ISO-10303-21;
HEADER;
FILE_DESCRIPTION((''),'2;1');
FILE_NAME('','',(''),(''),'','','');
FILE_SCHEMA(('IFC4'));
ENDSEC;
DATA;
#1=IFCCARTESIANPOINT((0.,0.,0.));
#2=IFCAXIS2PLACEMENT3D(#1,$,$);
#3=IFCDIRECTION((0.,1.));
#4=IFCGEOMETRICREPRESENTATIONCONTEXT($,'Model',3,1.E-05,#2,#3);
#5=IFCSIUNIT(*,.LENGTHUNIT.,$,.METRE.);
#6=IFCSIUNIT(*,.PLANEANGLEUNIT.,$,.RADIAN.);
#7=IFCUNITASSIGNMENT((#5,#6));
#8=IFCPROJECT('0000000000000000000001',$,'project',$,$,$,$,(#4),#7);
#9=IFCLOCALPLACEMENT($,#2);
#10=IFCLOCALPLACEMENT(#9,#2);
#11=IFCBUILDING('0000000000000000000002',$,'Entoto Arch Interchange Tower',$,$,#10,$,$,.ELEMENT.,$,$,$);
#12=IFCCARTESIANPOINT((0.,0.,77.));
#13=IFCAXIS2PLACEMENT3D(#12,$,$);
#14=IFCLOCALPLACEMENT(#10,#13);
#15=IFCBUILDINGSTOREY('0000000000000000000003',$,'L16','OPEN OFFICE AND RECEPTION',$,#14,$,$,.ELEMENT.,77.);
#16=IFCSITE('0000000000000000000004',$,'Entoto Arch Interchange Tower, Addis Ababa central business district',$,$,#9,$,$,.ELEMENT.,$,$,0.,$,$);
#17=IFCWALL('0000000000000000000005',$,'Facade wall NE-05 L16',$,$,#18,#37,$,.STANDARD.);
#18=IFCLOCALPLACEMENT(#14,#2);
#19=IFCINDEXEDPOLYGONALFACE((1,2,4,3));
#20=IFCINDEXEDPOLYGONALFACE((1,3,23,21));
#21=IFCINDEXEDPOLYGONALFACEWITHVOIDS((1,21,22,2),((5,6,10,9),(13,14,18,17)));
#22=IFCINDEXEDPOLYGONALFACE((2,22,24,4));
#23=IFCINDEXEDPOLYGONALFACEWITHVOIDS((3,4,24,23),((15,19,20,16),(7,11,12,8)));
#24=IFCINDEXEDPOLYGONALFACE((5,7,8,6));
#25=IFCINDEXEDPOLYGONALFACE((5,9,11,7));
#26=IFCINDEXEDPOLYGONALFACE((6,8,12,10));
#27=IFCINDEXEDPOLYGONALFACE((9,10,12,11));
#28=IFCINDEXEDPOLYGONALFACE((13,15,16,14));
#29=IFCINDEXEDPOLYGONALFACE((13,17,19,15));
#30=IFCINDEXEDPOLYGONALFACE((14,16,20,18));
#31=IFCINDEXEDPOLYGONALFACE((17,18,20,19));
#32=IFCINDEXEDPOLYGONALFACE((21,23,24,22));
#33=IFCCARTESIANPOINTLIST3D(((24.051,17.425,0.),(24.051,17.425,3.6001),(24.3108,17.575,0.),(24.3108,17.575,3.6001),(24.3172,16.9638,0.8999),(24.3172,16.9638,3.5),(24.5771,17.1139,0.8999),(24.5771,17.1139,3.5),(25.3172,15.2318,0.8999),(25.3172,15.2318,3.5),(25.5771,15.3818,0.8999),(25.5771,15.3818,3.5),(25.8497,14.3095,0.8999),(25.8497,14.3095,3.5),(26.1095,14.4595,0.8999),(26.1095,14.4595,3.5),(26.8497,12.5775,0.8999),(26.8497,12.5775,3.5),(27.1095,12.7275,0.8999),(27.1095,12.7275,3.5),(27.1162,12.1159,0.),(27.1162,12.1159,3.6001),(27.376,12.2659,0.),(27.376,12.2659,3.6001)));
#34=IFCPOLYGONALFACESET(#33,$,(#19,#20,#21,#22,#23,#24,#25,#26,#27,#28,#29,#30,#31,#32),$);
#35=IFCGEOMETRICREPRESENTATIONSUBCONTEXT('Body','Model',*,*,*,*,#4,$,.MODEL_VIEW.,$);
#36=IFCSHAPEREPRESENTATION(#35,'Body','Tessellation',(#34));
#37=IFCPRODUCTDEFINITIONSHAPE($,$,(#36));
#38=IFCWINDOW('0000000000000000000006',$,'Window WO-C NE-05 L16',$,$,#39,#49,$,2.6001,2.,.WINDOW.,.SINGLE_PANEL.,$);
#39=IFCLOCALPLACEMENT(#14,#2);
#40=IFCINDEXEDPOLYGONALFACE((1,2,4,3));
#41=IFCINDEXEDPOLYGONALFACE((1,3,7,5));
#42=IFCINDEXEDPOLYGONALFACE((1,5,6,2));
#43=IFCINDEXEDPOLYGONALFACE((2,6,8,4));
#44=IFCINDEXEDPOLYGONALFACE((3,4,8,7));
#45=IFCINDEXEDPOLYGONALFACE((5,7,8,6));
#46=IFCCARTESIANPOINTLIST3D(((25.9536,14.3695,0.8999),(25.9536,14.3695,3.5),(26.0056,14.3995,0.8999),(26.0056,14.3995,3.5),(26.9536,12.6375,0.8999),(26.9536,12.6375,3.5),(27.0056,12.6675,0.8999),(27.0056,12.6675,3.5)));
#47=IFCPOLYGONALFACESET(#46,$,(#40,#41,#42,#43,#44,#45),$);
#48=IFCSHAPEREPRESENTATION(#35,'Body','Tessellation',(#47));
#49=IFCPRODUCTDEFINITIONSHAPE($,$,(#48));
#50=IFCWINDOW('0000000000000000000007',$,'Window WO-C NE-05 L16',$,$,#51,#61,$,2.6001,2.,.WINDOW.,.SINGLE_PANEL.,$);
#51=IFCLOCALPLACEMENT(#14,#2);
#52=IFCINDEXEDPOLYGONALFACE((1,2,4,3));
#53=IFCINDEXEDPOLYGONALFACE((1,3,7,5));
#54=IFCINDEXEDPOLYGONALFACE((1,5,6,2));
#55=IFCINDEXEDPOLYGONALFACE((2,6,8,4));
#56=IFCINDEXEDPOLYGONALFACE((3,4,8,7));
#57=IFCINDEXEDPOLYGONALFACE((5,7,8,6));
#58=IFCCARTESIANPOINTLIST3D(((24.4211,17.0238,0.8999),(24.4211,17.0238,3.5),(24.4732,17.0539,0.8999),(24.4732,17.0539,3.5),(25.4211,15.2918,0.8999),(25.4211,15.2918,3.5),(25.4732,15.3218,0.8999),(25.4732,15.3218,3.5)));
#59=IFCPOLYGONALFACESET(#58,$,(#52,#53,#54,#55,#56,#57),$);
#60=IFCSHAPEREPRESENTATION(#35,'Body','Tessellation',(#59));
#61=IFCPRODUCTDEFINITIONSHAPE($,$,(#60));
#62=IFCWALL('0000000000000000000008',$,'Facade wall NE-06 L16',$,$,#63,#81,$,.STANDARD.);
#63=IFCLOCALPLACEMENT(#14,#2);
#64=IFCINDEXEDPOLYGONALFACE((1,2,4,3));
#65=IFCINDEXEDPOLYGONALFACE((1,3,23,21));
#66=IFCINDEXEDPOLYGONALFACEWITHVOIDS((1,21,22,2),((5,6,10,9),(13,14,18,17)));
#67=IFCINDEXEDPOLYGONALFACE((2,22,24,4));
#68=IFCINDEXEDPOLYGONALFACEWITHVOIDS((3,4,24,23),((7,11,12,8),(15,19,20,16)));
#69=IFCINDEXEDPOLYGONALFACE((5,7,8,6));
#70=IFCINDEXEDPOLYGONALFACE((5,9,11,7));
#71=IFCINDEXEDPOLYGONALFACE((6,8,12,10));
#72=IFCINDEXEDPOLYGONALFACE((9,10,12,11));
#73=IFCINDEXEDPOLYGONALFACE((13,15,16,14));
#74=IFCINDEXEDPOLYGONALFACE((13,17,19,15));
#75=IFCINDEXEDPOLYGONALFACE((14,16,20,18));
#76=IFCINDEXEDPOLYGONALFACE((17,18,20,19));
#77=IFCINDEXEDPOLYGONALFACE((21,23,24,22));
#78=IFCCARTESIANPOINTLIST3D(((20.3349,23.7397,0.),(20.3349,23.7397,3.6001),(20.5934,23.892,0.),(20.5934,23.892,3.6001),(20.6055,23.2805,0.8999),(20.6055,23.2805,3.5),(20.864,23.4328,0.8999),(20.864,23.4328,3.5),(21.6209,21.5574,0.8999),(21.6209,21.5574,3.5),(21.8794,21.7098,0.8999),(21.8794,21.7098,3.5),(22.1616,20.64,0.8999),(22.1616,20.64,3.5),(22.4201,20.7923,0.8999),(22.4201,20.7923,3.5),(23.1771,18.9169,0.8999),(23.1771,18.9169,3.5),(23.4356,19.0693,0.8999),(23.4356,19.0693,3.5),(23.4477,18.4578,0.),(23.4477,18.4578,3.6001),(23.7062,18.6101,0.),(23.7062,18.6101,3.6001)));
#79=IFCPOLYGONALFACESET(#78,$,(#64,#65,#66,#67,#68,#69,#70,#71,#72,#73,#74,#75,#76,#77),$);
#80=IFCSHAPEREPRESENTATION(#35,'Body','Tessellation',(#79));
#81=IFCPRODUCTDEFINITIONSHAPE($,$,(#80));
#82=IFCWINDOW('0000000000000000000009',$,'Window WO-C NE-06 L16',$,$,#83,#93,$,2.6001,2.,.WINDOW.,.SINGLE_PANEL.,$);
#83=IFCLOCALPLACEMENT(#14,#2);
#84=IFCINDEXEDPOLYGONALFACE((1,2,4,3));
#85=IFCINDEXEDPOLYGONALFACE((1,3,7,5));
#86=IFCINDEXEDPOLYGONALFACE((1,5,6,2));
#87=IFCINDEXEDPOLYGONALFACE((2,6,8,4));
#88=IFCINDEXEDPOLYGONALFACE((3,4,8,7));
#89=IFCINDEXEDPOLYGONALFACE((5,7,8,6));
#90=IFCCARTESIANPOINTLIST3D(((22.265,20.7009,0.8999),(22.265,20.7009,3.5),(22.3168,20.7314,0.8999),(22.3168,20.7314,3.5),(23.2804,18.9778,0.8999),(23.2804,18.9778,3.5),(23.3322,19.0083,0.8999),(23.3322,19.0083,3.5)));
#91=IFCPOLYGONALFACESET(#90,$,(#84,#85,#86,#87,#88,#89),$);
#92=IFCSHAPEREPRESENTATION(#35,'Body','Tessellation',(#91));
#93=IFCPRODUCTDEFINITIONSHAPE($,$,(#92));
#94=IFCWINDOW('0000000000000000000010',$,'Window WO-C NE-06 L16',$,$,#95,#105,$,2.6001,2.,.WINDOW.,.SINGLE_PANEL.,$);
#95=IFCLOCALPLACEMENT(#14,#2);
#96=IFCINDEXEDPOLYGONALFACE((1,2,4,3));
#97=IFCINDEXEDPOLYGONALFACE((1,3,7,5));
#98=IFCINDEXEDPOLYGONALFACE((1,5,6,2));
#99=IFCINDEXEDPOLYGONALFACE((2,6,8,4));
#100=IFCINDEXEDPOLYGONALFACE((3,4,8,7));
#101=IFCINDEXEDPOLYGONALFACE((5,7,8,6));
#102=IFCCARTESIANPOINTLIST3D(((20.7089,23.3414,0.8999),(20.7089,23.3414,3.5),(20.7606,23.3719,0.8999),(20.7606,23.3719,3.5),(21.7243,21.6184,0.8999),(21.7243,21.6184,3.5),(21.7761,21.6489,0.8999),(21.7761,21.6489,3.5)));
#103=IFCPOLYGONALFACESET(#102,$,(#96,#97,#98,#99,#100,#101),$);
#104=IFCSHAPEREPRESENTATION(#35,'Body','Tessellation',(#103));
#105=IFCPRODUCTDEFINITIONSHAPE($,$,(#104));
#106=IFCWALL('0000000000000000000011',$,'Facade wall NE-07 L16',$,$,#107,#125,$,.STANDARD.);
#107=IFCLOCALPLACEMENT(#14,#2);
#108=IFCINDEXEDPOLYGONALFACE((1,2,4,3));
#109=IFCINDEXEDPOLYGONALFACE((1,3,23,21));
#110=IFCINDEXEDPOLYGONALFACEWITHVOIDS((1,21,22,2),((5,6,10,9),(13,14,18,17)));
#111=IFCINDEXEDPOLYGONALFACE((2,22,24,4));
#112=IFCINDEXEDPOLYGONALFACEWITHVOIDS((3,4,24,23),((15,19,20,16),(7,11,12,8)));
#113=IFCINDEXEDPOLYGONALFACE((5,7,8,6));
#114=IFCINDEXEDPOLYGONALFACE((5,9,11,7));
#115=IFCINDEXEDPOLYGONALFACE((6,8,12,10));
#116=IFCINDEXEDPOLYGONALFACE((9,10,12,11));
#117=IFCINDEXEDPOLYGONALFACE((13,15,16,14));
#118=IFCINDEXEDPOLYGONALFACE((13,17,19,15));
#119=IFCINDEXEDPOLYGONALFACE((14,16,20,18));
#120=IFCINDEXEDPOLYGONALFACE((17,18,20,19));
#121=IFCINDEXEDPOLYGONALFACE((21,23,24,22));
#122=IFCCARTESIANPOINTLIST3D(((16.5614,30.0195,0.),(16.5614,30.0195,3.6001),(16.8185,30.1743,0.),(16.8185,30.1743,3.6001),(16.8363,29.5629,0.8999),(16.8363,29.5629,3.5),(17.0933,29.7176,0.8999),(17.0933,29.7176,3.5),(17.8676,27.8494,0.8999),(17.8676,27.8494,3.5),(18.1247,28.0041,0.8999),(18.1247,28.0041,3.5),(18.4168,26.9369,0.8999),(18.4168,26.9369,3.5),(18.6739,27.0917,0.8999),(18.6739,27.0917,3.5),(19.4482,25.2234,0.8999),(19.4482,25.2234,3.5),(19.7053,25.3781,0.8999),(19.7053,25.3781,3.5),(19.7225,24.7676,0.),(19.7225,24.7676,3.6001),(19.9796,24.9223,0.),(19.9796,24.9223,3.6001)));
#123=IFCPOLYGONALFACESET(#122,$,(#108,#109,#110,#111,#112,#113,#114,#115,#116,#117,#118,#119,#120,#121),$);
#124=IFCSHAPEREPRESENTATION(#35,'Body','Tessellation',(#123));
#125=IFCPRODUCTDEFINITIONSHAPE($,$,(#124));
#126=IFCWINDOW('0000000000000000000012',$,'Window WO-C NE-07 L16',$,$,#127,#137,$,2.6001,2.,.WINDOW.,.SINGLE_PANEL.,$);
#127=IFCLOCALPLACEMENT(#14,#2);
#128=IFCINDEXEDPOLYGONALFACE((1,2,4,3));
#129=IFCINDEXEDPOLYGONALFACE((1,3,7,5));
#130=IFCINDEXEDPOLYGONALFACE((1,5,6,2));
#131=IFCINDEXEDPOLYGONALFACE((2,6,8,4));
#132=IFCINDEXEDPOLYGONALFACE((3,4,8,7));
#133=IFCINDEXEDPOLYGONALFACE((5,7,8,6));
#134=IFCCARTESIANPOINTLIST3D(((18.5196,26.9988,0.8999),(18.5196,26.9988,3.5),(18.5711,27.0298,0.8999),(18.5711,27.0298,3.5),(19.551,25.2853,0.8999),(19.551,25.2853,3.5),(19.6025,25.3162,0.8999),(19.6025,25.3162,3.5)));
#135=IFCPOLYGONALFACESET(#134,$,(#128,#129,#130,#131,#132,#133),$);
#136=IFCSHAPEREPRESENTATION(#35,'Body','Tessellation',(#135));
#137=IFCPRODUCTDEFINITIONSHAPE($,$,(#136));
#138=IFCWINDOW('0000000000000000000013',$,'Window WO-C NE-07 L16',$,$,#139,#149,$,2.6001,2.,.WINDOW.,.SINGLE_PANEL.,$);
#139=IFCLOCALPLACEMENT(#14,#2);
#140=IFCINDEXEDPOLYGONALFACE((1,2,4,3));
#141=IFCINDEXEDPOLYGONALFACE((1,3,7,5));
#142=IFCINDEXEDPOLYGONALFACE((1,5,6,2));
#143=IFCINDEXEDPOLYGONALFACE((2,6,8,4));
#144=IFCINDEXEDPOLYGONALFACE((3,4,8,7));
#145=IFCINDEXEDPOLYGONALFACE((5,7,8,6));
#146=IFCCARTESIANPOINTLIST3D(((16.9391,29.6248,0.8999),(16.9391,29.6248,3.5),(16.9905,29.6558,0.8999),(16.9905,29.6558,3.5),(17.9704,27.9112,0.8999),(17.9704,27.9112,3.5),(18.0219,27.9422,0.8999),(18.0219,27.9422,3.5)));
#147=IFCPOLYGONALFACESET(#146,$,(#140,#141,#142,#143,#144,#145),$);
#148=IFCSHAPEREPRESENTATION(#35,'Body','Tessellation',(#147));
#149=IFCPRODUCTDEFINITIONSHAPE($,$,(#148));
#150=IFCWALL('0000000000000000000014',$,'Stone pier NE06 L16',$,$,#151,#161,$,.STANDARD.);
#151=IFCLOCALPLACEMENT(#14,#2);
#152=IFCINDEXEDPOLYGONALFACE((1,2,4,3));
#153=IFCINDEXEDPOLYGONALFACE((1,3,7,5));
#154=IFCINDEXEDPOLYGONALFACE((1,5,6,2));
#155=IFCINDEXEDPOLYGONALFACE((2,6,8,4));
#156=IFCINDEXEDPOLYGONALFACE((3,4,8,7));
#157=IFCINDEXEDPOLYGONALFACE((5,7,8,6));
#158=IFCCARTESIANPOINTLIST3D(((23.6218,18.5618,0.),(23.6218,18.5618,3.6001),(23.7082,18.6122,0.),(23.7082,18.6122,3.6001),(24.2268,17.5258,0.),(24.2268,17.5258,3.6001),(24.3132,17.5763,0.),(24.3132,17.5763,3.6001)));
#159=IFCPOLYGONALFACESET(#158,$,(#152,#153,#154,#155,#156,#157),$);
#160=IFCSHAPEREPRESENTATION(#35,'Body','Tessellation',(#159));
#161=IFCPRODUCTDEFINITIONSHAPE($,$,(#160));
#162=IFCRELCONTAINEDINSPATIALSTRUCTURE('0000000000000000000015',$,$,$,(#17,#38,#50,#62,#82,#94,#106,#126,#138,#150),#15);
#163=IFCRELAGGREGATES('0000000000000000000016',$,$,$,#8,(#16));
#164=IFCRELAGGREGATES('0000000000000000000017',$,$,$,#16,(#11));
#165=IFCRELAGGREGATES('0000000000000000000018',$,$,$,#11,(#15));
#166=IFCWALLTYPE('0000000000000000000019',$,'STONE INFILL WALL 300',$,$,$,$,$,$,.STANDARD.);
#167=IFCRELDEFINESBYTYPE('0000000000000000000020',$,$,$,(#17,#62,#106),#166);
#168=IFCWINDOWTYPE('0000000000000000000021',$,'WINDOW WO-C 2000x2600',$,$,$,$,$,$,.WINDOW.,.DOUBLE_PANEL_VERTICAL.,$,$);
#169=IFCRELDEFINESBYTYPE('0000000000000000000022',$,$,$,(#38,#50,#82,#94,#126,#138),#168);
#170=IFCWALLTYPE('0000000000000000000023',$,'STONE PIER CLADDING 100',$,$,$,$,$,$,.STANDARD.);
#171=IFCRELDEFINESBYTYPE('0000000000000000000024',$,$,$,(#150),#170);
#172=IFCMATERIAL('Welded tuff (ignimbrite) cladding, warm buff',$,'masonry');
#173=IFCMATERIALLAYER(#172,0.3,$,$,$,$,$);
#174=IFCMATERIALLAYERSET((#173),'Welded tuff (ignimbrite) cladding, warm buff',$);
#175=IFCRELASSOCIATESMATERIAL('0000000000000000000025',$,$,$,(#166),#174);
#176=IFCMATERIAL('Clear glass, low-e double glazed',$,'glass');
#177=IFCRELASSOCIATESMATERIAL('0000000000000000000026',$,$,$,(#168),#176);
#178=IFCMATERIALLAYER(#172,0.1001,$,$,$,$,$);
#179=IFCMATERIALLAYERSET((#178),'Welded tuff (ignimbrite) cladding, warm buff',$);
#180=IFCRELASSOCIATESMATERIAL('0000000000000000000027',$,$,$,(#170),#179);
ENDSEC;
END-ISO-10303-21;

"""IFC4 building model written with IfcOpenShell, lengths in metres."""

from ifc_helpers import new_model, si_unit, direction, frame, frame_2d, origin, place, context, subcontext, project, spatial, rectangle, extrude, material, layer, layer_set, type_object, element, fill, save


model = new_model("IFC4")

# Units and contexts
model_context = context("Model", 3, precision=1e-05, world=origin(), true_north=direction((0.0, 1.0)))
body_context = subcontext(model_context, "Body", "Model", "MODEL_VIEW")
ifc_project = project(units=[si_unit("LENGTHUNIT", "METRE"), si_unit("PLANEANGLEUNIT", "RADIAN")], contexts=[model_context])

# Site, building, storey
site_placement = place(None, origin())
site = spatial("IfcSite", under=ifc_project, at=site_placement, Name="Entoto Arch Interchange Tower, Addis Ababa central business district", CompositionType="ELEMENT", RefElevation=0.0)
building_placement = place(site_placement, origin())
building = spatial("IfcBuilding", under=site, at=building_placement, Name="Entoto Arch Interchange Tower", CompositionType="ELEMENT")
storey_placement = place(building_placement, frame((0.0, 0.0, 77.0)))
storey = spatial("IfcBuildingStorey", under=building, at=storey_placement, Name="L16", Description="OPEN OFFICE AND RECEPTION", CompositionType="ELEMENT", Elevation=77.0)

# Walls, openings, windows
ifc_material_1 = material(Name="Welded tuff (ignimbrite) cladding, warm buff", Category="masonry")
ifc_layer_1 = layer(ifc_material_1, 0.3)
ifc_layer_set_1 = layer_set([ifc_layer_1], Name="Welded tuff (ignimbrite) cladding, warm buff")
wall_type_1 = type_object("IfcWallType", Name="STONE INFILL WALL 300", PredefinedType="STANDARD", material=ifc_layer_set_1)
wall_1_placement = place(storey_placement, frame((27.2461, 12.1909, 0.0), z_axis=(0.0, 0.0, 1.0), x_axis=(-0.499998, 0.866026, 0.0)))
wall_1 = element("IfcWall", 1, at=wall_1_placement, inside=storey, type_object=wall_type_1, Name="Facade wall NE-05 L16", PredefinedType="STANDARD", context=body_context, shape_type="SweptSolid", body=[
    extrude(rectangle(XDim=6.1304, YDim=0.3, at=frame_2d((3.0652, 0.0))), origin(), (0.0, 0.0, 1.0), 3.6001),
])
opening_1_placement = place(wall_1_placement, frame((0.533, 0.0, 0.8999)))
opening_1 = element("IfcOpeningElement", 2, at=opening_1_placement, cuts=wall_1, PredefinedType="OPENING", context=body_context, shape_type="SweptSolid", body=[
    extrude(rectangle(XDim=2.0, YDim=2.6001, at=frame_2d((1.0, 1.3))), frame((0.0, 0.1602, 0.0), z_axis=(0.0, -1.0, 0.0), x_axis=(1.0, 0.0, 0.0)), (0.0, 0.0, 1.0), 0.3201),
])
opening_2_placement = place(wall_1_placement, frame((3.5979, 0.0, 0.8999)))
opening_2 = element("IfcOpeningElement", 3, at=opening_2_placement, cuts=wall_1, PredefinedType="OPENING", context=body_context, shape_type="SweptSolid", body=[
    extrude(rectangle(XDim=2.0, YDim=2.6001, at=frame_2d((1.0, 1.3))), frame((0.0, 0.1602, 0.0), z_axis=(0.0, -1.0, 0.0), x_axis=(1.0, 0.0, 0.0)), (0.0, 0.0, 1.0), 0.3201),
])
ifc_material_2 = material(Name="Clear glass, low-e double glazed", Category="glass")
window_type = type_object("IfcWindowType", Name="WINDOW WO-C 2000x2600", PartitioningType="DOUBLE_PANEL_VERTICAL", PredefinedType="WINDOW", material=ifc_material_2)
window_1_placement = place(opening_1_placement, origin())
window_1 = element("IfcWindow", 4, at=window_1_placement, inside=storey, type_object=window_type, Name="Window WO-C NE-05 L16", OverallHeight=2.6001, OverallWidth=2.0, PartitioningType="SINGLE_PANEL", PredefinedType="WINDOW", context=body_context, shape_type="SweptSolid", body=[
    extrude(rectangle(XDim=2.0, YDim=2.6001, at=frame_2d((1.0, 1.3))), frame((0.0, 0.03, 0.0), z_axis=(0.0, -1.0, 0.0), x_axis=(1.0, 0.0, 0.0)), (0.0, 0.0, 1.0), 0.0601),
])
fill(opening_1, window_1)
window_2_placement = place(opening_2_placement, origin())
window_2 = element("IfcWindow", 5, at=window_2_placement, inside=storey, type_object=window_type, Name="Window WO-C NE-05 L16", OverallHeight=2.6001, OverallWidth=2.0, PartitioningType="SINGLE_PANEL", PredefinedType="WINDOW", context=body_context, shape_type="SweptSolid", body=[
    extrude(rectangle(XDim=2.0, YDim=2.6001, at=frame_2d((1.0, 1.3))), frame((0.0, 0.03, 0.0), z_axis=(0.0, -1.0, 0.0), x_axis=(1.0, 0.0, 0.0)), (0.0, 0.0, 1.0), 0.0601),
])
fill(opening_2, window_2)
wall_2_placement = place(storey_placement, frame((23.5769, 18.5339, 0.0), z_axis=(0.0, 0.0, 1.0), x_axis=(-0.507716, 0.861524, 0.0)))
wall_2 = element("IfcWall", 6, at=wall_2_placement, inside=storey, type_object=wall_type_1, Name="Facade wall NE-06 L16", PredefinedType="STANDARD", context=body_context, shape_type="SweptSolid", body=[
    extrude(rectangle(XDim=6.1309, YDim=0.3, at=frame_2d((3.0654, 0.0))), origin(), (0.0, 0.0, 1.0), 3.6001),
])
opening_3_placement = place(wall_2_placement, frame((0.533, 0.0, 0.8999)))
opening_3 = element("IfcOpeningElement", 7, at=opening_3_placement, cuts=wall_2, PredefinedType="OPENING", context=body_context, shape_type="SweptSolid", body=[
    extrude(rectangle(XDim=2.0, YDim=2.6001, at=frame_2d((1.0, 1.3))), frame((0.0, 0.1602, 0.0), z_axis=(0.0, -1.0, 0.0), x_axis=(1.0, 0.0, 0.0)), (0.0, 0.0, 1.0), 0.3201),
])
opening_4_placement = place(wall_2_placement, frame((3.5979, 0.0, 0.8999)))
opening_4 = element("IfcOpeningElement", 8, at=opening_4_placement, cuts=wall_2, PredefinedType="OPENING", context=body_context, shape_type="SweptSolid", body=[
    extrude(rectangle(XDim=2.0, YDim=2.6001, at=frame_2d((1.0, 1.3))), frame((0.0, 0.1602, 0.0), z_axis=(0.0, -1.0, 0.0), x_axis=(1.0, 0.0, 0.0)), (0.0, 0.0, 1.0), 0.3201),
])
window_3_placement = place(opening_3_placement, origin())
window_3 = element("IfcWindow", 9, at=window_3_placement, inside=storey, type_object=window_type, Name="Window WO-C NE-06 L16", OverallHeight=2.6001, OverallWidth=2.0, PartitioningType="SINGLE_PANEL", PredefinedType="WINDOW", context=body_context, shape_type="SweptSolid", body=[
    extrude(rectangle(XDim=2.0, YDim=2.6001, at=frame_2d((1.0, 1.3))), frame((0.0, 0.03, 0.0), z_axis=(0.0, -1.0, 0.0), x_axis=(1.0, 0.0, 0.0)), (0.0, 0.0, 1.0), 0.0601),
])
fill(opening_3, window_3)
window_4_placement = place(opening_4_placement, origin())
window_4 = element("IfcWindow", 10, at=window_4_placement, inside=storey, type_object=window_type, Name="Window WO-C NE-06 L16", OverallHeight=2.6001, OverallWidth=2.0, PartitioningType="SINGLE_PANEL", PredefinedType="WINDOW", context=body_context, shape_type="SweptSolid", body=[
    extrude(rectangle(XDim=2.0, YDim=2.6001, at=frame_2d((1.0, 1.3))), frame((0.0, 0.03, 0.0), z_axis=(0.0, -1.0, 0.0), x_axis=(1.0, 0.0, 0.0)), (0.0, 0.0, 1.0), 0.0601),
])
fill(opening_4, window_4)
wall_3_placement = place(storey_placement, frame((19.8511, 24.845, 0.0), z_axis=(0.0, 0.0, 1.0), x_axis=(-0.51569, 0.856775, 0.0)))
wall_3 = element("IfcWall", 11, at=wall_3_placement, inside=storey, type_object=wall_type_1, Name="Facade wall NE-07 L16", PredefinedType="STANDARD", context=body_context, shape_type="SweptSolid", body=[
    extrude(rectangle(XDim=6.1299, YDim=0.3, at=frame_2d((3.0649, 0.0))), origin(), (0.0, 0.0, 1.0), 3.6001),
])
opening_5_placement = place(wall_3_placement, frame((0.532, 0.0, 0.8999)))
opening_5 = element("IfcOpeningElement", 12, at=opening_5_placement, cuts=wall_3, PredefinedType="OPENING", context=body_context, shape_type="SweptSolid", body=[
    extrude(rectangle(XDim=2.0, YDim=2.6001, at=frame_2d((1.0, 1.3))), frame((0.0, 0.1602, 0.0), z_axis=(0.0, -1.0, 0.0), x_axis=(1.0, 0.0, 0.0)), (0.0, 0.0, 1.0), 0.3201),
])
opening_6_placement = place(wall_3_placement, frame((3.5969, 0.0, 0.8999)))
opening_6 = element("IfcOpeningElement", 13, at=opening_6_placement, cuts=wall_3, PredefinedType="OPENING", context=body_context, shape_type="SweptSolid", body=[
    extrude(rectangle(XDim=2.0, YDim=2.6001, at=frame_2d((1.0, 1.3))), frame((0.0, 0.1602, 0.0), z_axis=(0.0, -1.0, 0.0), x_axis=(1.0, 0.0, 0.0)), (0.0, 0.0, 1.0), 0.3201),
])
window_5_placement = place(opening_5_placement, origin())
window_5 = element("IfcWindow", 14, at=window_5_placement, inside=storey, type_object=window_type, Name="Window WO-C NE-07 L16", OverallHeight=2.6001, OverallWidth=2.0, PartitioningType="SINGLE_PANEL", PredefinedType="WINDOW", context=body_context, shape_type="SweptSolid", body=[
    extrude(rectangle(XDim=2.0, YDim=2.6001, at=frame_2d((1.0, 1.3))), frame((0.0, 0.03, 0.0), z_axis=(0.0, -1.0, 0.0), x_axis=(1.0, 0.0, 0.0)), (0.0, 0.0, 1.0), 0.0601),
])
fill(opening_5, window_5)
window_6_placement = place(opening_6_placement, origin())
window_6 = element("IfcWindow", 15, at=window_6_placement, inside=storey, type_object=window_type, Name="Window WO-C NE-07 L16", OverallHeight=2.6001, OverallWidth=2.0, PartitioningType="SINGLE_PANEL", PredefinedType="WINDOW", context=body_context, shape_type="SweptSolid", body=[
    extrude(rectangle(XDim=2.0, YDim=2.6001, at=frame_2d((1.0, 1.3))), frame((0.0, 0.03, 0.0), z_axis=(0.0, -1.0, 0.0), x_axis=(1.0, 0.0, 0.0)), (0.0, 0.0, 1.0), 0.0601),
])
fill(opening_6, window_6)

# Wall
ifc_layer_2 = layer(ifc_material_1, 0.1001)
ifc_layer_set_2 = layer_set([ifc_layer_2], Name="Welded tuff (ignimbrite) cladding, warm buff")
wall_type_2 = type_object("IfcWallType", Name="STONE PIER CLADDING 100", PredefinedType="STANDARD", material=ifc_layer_set_2)
wall_4_placement = place(storey_placement, frame((24.27, 17.551, 0.0), z_axis=(0.0, 0.0, 1.0), x_axis=(-0.504314, 0.86352, 0.0)))
element("IfcWall", 16, at=wall_4_placement, inside=storey, type_object=wall_type_2, Name="Stone pier NE06 L16", PredefinedType="STANDARD", context=body_context, shape_type="SweptSolid", body=[
    extrude(rectangle(XDim=1.1997, YDim=0.1001, at=frame_2d((0.5999, 0.0))), origin(), (0.0, 0.0, 1.0), 3.6001),
])

save(model, "model.ifc")
